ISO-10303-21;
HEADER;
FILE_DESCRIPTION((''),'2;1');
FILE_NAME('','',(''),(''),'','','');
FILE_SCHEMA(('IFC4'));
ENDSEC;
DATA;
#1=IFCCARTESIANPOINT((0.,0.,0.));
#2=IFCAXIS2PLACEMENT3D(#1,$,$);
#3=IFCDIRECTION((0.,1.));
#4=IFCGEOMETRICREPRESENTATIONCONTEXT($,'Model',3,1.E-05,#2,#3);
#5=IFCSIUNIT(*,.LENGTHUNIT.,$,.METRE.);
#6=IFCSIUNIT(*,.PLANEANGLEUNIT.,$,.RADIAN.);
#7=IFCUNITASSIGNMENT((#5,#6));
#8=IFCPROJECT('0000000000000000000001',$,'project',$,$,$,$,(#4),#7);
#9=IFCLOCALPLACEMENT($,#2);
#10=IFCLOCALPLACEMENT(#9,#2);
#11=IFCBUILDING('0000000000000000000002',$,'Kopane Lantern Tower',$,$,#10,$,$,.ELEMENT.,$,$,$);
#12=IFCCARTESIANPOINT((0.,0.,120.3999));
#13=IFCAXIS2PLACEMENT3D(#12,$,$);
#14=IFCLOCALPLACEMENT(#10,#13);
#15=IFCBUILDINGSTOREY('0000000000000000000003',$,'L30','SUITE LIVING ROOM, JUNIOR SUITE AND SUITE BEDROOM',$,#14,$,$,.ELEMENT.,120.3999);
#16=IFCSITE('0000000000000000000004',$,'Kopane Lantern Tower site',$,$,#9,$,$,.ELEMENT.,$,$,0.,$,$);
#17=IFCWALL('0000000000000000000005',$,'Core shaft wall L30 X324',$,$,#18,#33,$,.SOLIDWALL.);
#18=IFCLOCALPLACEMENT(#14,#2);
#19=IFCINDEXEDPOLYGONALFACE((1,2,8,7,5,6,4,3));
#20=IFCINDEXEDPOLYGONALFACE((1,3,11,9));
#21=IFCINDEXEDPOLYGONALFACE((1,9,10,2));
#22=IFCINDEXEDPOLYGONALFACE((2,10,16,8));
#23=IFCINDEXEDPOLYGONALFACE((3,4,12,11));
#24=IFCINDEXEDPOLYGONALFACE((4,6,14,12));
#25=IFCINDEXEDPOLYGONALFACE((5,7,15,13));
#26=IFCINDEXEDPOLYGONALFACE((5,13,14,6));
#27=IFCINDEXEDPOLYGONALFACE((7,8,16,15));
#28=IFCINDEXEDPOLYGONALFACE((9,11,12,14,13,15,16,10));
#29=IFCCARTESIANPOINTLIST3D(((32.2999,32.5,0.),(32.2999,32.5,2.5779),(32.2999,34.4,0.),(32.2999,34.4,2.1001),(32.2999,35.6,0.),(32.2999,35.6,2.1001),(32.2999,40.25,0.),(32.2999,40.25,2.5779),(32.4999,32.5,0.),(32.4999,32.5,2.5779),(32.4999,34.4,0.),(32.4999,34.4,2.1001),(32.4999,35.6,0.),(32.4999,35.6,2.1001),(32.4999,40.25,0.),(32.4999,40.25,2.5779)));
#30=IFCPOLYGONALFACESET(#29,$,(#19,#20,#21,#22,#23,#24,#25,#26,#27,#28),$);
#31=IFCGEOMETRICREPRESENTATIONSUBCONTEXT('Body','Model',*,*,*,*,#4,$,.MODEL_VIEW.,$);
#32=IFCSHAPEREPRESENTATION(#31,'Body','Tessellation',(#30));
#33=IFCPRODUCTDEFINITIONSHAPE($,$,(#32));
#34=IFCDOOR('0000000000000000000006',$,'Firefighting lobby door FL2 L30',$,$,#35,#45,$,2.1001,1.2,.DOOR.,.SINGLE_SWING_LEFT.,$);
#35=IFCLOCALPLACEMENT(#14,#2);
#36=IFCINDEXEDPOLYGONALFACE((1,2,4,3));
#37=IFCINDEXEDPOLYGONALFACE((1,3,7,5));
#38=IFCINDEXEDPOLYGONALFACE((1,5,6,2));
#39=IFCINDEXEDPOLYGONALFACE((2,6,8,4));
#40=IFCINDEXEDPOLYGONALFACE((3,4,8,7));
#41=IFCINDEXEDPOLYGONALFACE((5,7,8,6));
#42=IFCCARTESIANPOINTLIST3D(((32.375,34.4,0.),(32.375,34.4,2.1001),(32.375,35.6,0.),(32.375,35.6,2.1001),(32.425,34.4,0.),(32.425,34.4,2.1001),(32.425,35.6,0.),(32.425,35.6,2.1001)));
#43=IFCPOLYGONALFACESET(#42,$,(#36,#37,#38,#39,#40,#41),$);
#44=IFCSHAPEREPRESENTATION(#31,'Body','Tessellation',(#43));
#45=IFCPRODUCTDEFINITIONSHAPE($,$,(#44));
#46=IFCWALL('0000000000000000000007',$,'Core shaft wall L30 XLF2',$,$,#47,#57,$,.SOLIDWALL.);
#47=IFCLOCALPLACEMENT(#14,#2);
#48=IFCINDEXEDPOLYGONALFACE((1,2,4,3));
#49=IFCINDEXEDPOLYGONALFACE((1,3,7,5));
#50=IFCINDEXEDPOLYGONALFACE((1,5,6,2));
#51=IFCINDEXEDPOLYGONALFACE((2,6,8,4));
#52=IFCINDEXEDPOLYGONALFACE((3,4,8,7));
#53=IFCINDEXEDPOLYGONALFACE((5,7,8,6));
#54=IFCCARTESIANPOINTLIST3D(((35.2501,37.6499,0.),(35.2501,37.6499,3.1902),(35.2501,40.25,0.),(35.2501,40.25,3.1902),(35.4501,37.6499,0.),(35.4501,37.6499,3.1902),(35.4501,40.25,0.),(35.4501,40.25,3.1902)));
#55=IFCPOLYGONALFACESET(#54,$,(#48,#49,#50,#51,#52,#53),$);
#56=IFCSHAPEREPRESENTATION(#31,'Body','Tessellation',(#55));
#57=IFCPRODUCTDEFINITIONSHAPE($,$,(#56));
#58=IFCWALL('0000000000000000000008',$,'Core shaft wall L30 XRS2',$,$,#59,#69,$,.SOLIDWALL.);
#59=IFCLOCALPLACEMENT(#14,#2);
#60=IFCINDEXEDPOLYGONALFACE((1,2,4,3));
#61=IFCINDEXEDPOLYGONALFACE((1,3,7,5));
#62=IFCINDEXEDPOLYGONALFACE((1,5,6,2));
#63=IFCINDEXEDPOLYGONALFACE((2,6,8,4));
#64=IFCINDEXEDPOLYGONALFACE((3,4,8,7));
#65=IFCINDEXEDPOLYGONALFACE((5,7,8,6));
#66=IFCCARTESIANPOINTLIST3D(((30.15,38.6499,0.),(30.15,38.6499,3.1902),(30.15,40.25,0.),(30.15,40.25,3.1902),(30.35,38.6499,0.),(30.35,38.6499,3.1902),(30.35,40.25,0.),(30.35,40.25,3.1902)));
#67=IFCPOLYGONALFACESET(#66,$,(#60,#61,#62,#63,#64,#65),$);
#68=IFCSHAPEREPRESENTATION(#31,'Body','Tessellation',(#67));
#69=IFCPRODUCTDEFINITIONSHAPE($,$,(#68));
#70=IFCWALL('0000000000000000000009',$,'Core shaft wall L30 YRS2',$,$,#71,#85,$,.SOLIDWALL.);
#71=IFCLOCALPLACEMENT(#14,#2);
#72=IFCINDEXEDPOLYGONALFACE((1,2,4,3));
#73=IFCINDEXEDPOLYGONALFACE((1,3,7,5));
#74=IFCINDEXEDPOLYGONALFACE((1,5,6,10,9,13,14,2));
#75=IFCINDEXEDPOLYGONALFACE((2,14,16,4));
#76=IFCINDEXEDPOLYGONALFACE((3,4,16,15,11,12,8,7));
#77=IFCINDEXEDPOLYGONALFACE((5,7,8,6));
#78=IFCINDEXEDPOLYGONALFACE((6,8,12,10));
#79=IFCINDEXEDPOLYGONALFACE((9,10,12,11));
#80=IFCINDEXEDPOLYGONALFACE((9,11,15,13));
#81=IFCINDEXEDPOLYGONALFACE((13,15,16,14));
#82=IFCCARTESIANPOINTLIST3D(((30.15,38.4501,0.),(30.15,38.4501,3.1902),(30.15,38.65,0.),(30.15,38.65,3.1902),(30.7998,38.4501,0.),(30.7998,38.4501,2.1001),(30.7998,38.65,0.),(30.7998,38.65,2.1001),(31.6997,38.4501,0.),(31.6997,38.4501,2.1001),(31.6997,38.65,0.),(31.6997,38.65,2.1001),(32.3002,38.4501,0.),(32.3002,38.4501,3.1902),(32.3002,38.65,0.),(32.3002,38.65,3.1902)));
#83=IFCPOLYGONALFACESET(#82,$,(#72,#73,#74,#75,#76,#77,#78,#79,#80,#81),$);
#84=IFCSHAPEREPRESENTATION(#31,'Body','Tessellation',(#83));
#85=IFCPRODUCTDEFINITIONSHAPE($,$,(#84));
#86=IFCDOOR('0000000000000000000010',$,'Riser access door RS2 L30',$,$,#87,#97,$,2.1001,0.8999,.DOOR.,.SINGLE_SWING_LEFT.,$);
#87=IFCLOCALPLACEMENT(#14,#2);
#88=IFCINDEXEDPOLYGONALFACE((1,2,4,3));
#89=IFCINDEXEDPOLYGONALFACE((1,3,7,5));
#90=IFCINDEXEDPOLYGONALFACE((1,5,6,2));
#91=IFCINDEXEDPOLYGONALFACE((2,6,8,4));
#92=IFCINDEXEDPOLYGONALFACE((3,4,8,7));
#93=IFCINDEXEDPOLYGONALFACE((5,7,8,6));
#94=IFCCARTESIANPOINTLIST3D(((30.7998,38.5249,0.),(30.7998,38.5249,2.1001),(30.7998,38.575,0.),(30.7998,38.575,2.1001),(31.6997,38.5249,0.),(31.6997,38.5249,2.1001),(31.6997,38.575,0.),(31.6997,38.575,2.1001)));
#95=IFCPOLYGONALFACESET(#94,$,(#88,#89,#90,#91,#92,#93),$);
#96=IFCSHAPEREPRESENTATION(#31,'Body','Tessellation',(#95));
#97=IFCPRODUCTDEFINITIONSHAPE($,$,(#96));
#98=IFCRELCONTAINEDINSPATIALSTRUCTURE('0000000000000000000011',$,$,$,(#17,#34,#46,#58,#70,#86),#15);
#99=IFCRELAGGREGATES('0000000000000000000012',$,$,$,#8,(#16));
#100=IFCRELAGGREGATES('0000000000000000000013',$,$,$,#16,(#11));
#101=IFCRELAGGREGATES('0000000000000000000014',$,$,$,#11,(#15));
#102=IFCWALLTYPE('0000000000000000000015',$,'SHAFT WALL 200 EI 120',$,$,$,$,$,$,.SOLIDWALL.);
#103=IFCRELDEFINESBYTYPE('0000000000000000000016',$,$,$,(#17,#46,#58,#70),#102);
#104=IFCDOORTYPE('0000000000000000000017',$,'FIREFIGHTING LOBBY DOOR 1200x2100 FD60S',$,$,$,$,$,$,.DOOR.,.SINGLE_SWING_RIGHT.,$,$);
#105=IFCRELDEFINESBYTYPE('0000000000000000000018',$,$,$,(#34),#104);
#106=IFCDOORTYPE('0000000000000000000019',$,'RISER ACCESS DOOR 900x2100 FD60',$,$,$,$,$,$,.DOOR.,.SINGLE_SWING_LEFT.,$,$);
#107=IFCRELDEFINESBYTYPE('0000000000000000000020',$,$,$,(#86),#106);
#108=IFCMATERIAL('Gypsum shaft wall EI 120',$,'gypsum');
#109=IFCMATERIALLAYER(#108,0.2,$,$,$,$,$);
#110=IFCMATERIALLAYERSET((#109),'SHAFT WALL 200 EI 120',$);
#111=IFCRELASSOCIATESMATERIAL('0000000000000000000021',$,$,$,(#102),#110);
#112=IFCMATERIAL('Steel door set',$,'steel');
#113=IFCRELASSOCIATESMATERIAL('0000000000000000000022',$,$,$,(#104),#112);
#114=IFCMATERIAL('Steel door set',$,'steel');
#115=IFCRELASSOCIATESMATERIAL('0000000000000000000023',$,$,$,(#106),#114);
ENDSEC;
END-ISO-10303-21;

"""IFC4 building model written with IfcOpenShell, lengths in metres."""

from ifc_helpers import new_model, si_unit, direction, frame, frame_2d, origin, place, context, subcontext, project, spatial, rectangle, extrude, material, layer, layer_set, type_object, element, fill, save


model = new_model("IFC4")

# Units and contexts
model_context = context("Model", 3, precision=1e-05, world=origin(), true_north=direction((0.0, 1.0)))
body_context = subcontext(model_context, "Body", "Model", "MODEL_VIEW")
ifc_project = project(units=[si_unit("LENGTHUNIT", "METRE"), si_unit("PLANEANGLEUNIT", "RADIAN")], contexts=[model_context])

# Site, building, storey
site_placement = place(None, origin())
site = spatial("IfcSite", under=ifc_project, at=site_placement, Name="Kopane Lantern Tower site", CompositionType="ELEMENT", RefElevation=0.0)
building_placement = place(site_placement, origin())
building = spatial("IfcBuilding", under=site, at=building_placement, Name="Kopane Lantern Tower", CompositionType="ELEMENT")
storey_placement = place(building_placement, frame((0.0, 0.0, 120.3999)))
storey = spatial("IfcBuildingStorey", under=building, at=storey_placement, Name="L30", Description="SUITE LIVING ROOM, JUNIOR SUITE AND SUITE BEDROOM", CompositionType="ELEMENT", Elevation=120.3999)

# Shared definitions
ifc_material_1 = material(Name="Gypsum shaft wall EI 120", Category="gypsum")
ifc_layer_1 = layer(ifc_material_1, 0.2)
ifc_layer_set_1 = layer_set([ifc_layer_1], Name="SHAFT WALL 200 EI 120")
wall_type_1 = type_object("IfcWallType", Name="SHAFT WALL 200 EI 120", PredefinedType="SOLIDWALL", material=ifc_layer_set_1)

# Wall, opening, door
wall_1_placement = place(storey_placement, frame((32.3999, 32.5, 0.0), z_axis=(0.0, 0.0, 1.0), x_axis=(0.0, 1.0, 0.0)))
wall_1 = element("IfcWall", 1, at=wall_1_placement, inside=storey, type_object=wall_type_1, Name="Core shaft wall L30 X324", PredefinedType="SOLIDWALL", context=body_context, shape_type="SweptSolid", body=[
    extrude(rectangle(XDim=7.75, YDim=0.2, at=frame_2d((3.875, 0.0))), origin(), (0.0, 0.0, 1.0), 2.5779),
])
opening_1_placement = place(wall_1_placement, frame((1.8999, 0.0, 0.0)))
opening_1 = element("IfcOpeningElement", 2, at=opening_1_placement, cuts=wall_1, PredefinedType="OPENING", context=body_context, shape_type="SweptSolid", body=[
    extrude(rectangle(XDim=1.2, YDim=2.1001, at=frame_2d((0.6001, 1.05))), frame((0.0, 0.1099, 0.0), z_axis=(0.0, -1.0, 0.0), x_axis=(1.0, 0.0, 0.0)), (0.0, 0.0, 1.0), 0.22),
])
ifc_material_2 = material(Name="Steel door set", Category="steel")
door_type_1 = type_object("IfcDoorType", Name="FIREFIGHTING LOBBY DOOR 1200x2100 FD60S", OperationType="SINGLE_SWING_RIGHT", PredefinedType="DOOR", material=ifc_material_2)
door_1_placement = place(opening_1_placement, origin())
door_1 = element("IfcDoor", 3, at=door_1_placement, inside=storey, type_object=door_type_1, Name="Firefighting lobby door FL2 L30", OperationType="SINGLE_SWING_LEFT", OverallHeight=2.1001, OverallWidth=1.2, PredefinedType="DOOR", context=body_context, shape_type="SweptSolid", body=[
    extrude(rectangle(XDim=1.2, YDim=2.1001, at=frame_2d((0.6001, 1.05))), frame((0.0, 0.0249, 0.0), z_axis=(0.0, -1.0, 0.0), x_axis=(1.0, 0.0, 0.0)), (0.0, 0.0, 1.0), 0.05),
])
fill(opening_1, door_1)

# Walls
wall_2_placement = place(storey_placement, frame((35.3501, 37.6499, 0.0), z_axis=(0.0, 0.0, 1.0), x_axis=(0.0, 1.0, 0.0)))
element("IfcWall", 4, at=wall_2_placement, inside=storey, type_object=wall_type_1, Name="Core shaft wall L30 XLF2", PredefinedType="SOLIDWALL", context=body_context, shape_type="SweptSolid", body=[
    extrude(rectangle(XDim=2.6001, YDim=0.2, at=frame_2d((1.3, 0.0))), origin(), (0.0, 0.0, 1.0), 3.1902),
])
wall_3_placement = place(storey_placement, frame((30.25, 38.6499, 0.0), z_axis=(0.0, 0.0, 1.0), x_axis=(0.0, 1.0, 0.0)))
element("IfcWall", 5, at=wall_3_placement, inside=storey, type_object=wall_type_1, Name="Core shaft wall L30 XRS2", PredefinedType="SOLIDWALL", context=body_context, shape_type="SweptSolid", body=[
    extrude(rectangle(XDim=1.6001, YDim=0.2, at=frame_2d((0.8, 0.0))), origin(), (0.0, 0.0, 1.0), 3.1902),
])

# Wall, opening, door
wall_4_placement = place(storey_placement, frame((30.1499, 38.55, 0.0), z_axis=(0.0, 0.0, 1.0), x_axis=(1.0, 0.0, 0.0)))
wall_4 = element("IfcWall", 6, at=wall_4_placement, inside=storey, type_object=wall_type_1, Name="Core shaft wall L30 YRS2", PredefinedType="SOLIDWALL", context=body_context, shape_type="SweptSolid", body=[
    extrude(rectangle(XDim=2.1501, YDim=0.2, at=frame_2d((1.0752, 0.0))), origin(), (0.0, 0.0, 1.0), 3.1902),
])
opening_2_placement = place(wall_4_placement, frame((0.6499, 0.0, 0.0)))
opening_2 = element("IfcOpeningElement", 7, at=opening_2_placement, cuts=wall_4, PredefinedType="OPENING", context=body_context, shape_type="SweptSolid", body=[
    extrude(rectangle(XDim=0.8999, YDim=2.1001, at=frame_2d((0.45, 1.05))), frame((0.0, 0.1099, 0.0), z_axis=(0.0, -1.0, 0.0), x_axis=(1.0, 0.0, 0.0)), (0.0, 0.0, 1.0), 0.22),
])
ifc_material_3 = material(Name="Steel door set", Category="steel")
door_type_2 = type_object("IfcDoorType", Name="RISER ACCESS DOOR 900x2100 FD60", OperationType="SINGLE_SWING_LEFT", PredefinedType="DOOR", material=ifc_material_3)
door_2_placement = place(opening_2_placement, origin())
door_2 = element("IfcDoor", 8, at=door_2_placement, inside=storey, type_object=door_type_2, Name="Riser access door RS2 L30", OperationType="SINGLE_SWING_LEFT", OverallHeight=2.1001, OverallWidth=0.8999, PredefinedType="DOOR", context=body_context, shape_type="SweptSolid", body=[
    extrude(rectangle(XDim=0.8999, YDim=2.1001, at=frame_2d((0.45, 1.05))), frame((0.0, 0.0249, 0.0), z_axis=(0.0, -1.0, 0.0), x_axis=(1.0, 0.0, 0.0)), (0.0, 0.0, 1.0), 0.05),
])
fill(opening_2, door_2)

save(model, "model.ifc")
